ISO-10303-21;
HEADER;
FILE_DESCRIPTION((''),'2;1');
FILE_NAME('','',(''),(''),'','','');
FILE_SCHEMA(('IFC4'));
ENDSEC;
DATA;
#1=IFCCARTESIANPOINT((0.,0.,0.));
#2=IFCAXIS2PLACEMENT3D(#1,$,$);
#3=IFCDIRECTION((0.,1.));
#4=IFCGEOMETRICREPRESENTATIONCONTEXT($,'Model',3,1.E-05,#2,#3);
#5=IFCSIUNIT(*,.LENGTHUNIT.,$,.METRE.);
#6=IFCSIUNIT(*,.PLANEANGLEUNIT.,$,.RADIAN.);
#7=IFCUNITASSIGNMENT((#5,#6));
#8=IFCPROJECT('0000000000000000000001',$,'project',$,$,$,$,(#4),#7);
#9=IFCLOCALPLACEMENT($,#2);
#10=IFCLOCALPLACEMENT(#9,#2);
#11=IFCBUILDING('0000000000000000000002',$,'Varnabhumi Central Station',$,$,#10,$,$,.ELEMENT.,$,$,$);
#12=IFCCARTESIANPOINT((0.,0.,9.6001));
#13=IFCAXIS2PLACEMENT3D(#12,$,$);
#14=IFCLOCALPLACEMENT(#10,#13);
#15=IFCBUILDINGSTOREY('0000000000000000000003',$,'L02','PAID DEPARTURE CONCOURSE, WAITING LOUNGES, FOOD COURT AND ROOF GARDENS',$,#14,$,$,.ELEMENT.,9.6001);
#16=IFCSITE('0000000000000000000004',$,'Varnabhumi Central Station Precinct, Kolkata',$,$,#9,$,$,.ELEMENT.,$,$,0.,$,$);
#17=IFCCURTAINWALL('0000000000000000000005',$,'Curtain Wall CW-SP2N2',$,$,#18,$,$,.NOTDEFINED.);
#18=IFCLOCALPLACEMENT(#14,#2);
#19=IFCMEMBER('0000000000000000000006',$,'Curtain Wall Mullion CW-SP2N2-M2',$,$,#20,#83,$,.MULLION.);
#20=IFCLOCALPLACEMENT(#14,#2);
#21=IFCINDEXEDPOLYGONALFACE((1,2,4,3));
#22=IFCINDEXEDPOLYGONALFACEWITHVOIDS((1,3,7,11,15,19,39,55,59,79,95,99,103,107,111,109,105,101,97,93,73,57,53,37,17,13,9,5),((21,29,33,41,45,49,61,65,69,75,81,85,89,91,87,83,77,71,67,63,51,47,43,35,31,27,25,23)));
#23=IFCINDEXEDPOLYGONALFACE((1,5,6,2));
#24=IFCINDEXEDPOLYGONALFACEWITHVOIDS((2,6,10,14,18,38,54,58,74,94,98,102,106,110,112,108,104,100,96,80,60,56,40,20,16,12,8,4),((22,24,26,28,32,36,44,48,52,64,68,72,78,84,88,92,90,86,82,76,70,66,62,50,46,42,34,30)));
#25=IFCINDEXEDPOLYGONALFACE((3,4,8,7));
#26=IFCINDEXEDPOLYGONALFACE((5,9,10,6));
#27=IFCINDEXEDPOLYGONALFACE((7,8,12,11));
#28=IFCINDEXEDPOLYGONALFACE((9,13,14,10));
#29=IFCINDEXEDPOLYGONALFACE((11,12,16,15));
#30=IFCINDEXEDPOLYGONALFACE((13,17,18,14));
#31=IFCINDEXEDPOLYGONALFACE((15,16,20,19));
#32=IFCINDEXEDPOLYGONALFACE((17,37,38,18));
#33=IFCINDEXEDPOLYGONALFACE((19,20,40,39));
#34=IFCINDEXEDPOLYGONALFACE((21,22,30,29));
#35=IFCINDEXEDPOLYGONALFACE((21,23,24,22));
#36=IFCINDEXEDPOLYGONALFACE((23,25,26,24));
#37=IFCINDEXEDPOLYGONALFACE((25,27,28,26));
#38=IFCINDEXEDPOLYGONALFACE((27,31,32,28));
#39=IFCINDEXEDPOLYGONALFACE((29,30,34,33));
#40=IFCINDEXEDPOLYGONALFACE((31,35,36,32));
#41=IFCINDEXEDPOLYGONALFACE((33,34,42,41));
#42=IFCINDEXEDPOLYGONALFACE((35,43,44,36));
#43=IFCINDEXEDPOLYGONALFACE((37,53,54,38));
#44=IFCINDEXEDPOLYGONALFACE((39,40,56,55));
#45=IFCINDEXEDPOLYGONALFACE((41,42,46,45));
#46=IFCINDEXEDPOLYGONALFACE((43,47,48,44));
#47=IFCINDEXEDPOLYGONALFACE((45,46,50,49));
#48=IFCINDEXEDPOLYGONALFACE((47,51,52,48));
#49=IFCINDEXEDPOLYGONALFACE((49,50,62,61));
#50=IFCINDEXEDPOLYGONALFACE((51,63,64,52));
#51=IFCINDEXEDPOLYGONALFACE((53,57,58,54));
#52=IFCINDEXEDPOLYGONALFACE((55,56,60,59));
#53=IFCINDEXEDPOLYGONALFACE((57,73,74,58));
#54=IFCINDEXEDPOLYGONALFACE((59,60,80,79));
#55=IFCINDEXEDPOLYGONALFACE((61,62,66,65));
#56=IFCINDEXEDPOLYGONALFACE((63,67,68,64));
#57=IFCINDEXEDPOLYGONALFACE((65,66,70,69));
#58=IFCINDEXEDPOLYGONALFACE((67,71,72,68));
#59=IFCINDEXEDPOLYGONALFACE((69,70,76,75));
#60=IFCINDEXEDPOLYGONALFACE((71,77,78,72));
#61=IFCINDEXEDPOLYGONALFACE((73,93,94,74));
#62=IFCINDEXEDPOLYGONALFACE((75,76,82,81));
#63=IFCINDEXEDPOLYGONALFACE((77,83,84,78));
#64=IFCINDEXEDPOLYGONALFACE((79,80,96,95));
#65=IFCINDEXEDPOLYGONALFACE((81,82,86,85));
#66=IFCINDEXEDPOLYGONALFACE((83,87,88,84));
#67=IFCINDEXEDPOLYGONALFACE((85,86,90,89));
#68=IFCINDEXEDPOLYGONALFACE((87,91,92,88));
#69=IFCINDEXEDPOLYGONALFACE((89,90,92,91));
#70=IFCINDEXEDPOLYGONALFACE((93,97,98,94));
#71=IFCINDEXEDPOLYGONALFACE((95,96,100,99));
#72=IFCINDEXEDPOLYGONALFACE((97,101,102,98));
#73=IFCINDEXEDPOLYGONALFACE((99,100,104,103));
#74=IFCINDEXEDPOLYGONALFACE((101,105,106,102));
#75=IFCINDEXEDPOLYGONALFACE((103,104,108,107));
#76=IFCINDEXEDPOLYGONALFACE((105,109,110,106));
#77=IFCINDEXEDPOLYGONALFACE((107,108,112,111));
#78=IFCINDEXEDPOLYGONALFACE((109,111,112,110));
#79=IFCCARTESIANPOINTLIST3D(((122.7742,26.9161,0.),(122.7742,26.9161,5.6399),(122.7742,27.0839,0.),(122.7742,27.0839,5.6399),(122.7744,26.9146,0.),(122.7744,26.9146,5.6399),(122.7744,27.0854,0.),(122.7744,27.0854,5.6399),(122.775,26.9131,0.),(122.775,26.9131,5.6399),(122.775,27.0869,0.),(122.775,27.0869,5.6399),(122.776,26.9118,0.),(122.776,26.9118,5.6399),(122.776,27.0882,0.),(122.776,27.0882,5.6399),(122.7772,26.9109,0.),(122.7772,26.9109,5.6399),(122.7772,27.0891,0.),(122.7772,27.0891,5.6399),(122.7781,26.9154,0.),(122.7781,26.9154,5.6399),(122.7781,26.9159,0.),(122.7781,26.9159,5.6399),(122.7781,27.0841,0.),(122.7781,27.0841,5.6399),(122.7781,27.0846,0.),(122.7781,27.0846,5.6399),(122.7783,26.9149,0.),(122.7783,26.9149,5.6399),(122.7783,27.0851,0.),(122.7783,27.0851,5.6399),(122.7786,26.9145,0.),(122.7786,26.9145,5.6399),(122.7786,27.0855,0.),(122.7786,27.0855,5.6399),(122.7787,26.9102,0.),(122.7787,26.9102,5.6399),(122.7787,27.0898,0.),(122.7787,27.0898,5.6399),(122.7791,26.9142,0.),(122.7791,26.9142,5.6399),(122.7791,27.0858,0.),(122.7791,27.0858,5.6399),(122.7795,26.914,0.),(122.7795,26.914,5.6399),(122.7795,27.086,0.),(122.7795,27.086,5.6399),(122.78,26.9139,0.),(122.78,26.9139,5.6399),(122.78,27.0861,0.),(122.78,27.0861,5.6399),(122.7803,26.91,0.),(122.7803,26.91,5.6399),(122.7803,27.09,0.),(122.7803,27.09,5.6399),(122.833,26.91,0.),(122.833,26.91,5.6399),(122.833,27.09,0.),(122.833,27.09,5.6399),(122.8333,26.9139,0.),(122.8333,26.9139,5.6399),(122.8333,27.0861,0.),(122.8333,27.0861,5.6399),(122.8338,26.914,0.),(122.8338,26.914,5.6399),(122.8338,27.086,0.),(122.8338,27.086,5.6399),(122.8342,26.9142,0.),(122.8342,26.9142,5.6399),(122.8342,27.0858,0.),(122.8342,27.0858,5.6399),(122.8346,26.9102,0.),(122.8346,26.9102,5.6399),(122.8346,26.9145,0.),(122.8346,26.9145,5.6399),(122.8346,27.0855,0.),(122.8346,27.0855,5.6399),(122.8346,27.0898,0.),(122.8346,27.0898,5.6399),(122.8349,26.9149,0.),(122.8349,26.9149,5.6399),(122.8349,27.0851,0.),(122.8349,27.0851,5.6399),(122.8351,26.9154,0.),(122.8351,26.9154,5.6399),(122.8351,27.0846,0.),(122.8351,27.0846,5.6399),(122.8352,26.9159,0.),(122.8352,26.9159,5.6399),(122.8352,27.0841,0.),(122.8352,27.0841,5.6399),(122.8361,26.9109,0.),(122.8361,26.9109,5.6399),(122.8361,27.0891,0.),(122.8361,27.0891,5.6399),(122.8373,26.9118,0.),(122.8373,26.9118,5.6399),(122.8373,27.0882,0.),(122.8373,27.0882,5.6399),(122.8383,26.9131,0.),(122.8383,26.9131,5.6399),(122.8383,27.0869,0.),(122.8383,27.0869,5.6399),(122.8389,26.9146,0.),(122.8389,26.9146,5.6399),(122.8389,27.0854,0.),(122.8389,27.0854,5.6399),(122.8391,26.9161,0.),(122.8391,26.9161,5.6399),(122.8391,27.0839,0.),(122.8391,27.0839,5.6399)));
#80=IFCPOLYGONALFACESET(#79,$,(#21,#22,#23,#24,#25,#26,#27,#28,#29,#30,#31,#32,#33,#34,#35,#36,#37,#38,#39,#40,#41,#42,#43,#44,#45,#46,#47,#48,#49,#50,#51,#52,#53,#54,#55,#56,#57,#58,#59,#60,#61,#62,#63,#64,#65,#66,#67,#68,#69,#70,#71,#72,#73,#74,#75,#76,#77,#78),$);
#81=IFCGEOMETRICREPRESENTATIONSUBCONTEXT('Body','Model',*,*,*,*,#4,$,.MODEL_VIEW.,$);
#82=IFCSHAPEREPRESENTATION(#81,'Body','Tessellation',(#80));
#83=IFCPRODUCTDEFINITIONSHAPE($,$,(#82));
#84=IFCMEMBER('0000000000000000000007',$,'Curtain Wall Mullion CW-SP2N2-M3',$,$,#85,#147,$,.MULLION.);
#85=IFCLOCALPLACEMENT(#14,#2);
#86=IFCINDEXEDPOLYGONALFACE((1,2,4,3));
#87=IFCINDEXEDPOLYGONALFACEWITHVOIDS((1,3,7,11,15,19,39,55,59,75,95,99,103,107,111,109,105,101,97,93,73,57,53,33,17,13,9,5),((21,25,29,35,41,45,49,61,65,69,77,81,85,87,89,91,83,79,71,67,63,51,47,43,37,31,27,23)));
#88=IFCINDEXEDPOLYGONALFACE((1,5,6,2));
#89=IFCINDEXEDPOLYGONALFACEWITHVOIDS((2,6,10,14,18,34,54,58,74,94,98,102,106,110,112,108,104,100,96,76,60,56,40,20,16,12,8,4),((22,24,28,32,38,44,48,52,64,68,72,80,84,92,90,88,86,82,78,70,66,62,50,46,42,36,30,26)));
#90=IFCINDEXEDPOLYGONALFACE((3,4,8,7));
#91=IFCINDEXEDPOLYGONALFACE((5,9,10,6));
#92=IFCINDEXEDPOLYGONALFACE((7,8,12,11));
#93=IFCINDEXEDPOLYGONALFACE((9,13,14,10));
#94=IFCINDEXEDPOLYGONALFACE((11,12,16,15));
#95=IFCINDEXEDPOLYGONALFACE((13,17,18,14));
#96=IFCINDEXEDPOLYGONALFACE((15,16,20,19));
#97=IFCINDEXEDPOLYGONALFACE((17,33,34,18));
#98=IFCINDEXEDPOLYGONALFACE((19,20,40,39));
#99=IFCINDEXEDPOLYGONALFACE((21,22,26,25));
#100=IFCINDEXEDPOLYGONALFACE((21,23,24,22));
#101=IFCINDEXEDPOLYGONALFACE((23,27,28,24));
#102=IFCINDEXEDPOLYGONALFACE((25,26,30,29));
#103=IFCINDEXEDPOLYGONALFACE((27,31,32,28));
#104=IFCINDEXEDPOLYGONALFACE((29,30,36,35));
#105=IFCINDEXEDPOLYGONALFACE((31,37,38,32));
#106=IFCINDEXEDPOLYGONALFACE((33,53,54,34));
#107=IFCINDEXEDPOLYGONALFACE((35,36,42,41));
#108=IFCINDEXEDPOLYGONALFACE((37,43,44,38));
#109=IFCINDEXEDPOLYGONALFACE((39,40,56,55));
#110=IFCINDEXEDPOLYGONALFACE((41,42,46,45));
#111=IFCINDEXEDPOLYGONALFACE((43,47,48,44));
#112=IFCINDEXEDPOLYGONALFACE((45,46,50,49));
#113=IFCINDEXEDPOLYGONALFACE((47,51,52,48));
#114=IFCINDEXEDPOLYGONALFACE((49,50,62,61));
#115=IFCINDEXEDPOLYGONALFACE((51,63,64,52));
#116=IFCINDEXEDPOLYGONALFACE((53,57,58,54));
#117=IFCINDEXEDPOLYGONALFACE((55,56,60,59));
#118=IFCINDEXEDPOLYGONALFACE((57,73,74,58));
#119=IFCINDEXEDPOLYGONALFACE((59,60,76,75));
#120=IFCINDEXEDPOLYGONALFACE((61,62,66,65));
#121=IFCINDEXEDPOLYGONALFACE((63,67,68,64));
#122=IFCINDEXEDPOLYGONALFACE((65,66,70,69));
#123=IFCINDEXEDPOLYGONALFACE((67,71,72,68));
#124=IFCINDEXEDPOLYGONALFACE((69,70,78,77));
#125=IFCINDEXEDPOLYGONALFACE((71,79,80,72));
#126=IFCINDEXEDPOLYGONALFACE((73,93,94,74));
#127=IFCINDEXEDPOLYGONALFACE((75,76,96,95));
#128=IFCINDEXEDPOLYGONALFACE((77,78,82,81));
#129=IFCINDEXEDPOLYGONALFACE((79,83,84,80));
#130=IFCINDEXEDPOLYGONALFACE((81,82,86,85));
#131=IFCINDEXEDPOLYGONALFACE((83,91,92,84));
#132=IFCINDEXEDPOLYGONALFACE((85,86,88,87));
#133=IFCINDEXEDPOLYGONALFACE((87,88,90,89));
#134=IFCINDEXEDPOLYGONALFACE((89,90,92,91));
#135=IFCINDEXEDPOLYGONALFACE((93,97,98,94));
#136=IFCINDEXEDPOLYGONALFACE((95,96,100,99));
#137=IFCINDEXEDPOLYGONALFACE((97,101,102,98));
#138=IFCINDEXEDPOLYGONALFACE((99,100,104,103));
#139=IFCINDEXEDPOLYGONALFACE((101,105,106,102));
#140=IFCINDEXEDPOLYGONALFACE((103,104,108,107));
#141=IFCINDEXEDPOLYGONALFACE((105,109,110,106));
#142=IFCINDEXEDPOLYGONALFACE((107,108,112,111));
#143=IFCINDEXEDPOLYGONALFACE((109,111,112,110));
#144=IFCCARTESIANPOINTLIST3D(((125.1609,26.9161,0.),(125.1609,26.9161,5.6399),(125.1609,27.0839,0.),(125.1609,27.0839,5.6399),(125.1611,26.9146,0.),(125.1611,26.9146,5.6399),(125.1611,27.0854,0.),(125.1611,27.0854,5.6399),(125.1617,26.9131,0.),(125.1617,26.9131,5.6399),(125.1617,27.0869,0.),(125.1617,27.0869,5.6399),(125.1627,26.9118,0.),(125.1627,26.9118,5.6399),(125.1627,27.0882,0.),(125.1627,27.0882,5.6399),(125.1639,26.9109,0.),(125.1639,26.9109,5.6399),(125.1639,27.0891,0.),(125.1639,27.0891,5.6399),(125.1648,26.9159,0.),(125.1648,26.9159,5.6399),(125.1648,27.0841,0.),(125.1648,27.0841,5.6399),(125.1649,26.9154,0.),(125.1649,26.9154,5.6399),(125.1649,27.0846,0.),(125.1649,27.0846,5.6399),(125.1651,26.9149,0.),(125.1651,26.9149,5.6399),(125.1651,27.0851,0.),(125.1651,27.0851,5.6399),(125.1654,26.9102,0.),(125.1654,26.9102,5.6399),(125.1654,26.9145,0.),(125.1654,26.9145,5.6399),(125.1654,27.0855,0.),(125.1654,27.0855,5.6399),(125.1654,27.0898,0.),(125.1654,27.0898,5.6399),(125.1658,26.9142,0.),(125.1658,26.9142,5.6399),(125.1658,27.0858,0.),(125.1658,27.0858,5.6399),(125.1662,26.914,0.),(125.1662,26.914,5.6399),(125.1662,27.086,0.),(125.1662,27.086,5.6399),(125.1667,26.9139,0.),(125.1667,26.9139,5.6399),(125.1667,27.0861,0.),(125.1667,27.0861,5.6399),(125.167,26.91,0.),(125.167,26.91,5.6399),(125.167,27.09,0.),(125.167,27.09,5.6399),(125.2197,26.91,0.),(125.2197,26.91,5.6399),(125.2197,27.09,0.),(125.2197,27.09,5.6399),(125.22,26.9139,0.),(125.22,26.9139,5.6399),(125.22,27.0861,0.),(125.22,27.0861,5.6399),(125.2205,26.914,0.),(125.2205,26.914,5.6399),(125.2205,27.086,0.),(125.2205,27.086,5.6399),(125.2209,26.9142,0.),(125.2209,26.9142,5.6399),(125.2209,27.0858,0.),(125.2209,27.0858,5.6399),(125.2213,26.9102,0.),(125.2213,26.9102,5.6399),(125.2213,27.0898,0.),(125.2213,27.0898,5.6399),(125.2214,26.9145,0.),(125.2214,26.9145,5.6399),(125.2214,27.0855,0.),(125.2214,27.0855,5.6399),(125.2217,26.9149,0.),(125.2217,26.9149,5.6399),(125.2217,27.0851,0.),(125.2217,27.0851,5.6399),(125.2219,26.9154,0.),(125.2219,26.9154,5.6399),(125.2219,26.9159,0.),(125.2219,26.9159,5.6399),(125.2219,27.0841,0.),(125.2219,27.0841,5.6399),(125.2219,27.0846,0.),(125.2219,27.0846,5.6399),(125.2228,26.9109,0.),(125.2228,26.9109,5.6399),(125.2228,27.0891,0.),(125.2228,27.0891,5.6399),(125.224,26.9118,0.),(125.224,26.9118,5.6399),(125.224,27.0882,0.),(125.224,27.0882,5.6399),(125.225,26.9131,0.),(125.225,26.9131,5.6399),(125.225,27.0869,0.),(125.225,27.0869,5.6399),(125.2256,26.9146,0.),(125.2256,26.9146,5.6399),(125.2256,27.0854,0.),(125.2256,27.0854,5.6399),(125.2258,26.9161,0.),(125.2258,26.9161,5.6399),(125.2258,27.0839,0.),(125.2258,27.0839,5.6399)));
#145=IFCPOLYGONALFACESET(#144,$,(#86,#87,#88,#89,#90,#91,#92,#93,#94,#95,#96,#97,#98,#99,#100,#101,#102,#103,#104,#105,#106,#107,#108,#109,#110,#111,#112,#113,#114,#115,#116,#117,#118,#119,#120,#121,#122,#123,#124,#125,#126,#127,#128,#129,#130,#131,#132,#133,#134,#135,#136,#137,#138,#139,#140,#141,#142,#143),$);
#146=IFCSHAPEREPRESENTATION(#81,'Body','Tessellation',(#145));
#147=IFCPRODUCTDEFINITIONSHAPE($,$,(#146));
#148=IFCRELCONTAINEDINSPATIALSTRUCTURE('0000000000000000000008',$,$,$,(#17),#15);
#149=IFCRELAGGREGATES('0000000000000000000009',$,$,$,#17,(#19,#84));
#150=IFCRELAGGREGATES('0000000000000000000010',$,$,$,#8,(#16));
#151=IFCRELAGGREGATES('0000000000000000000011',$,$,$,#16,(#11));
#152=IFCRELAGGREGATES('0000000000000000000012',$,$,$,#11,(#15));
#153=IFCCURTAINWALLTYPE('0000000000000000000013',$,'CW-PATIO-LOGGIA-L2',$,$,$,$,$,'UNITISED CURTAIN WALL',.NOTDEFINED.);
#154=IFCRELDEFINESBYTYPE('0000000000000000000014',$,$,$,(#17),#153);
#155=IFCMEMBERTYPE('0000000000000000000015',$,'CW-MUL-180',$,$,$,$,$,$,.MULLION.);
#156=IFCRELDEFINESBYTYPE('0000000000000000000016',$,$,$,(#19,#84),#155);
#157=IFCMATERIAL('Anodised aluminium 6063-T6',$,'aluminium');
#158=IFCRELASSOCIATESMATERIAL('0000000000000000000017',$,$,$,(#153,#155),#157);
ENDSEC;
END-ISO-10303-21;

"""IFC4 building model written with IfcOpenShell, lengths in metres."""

from ifc_helpers import new_model, si_unit, direction, frame, origin, origin_2d, place, context, subcontext, project, spatial, hollow_rectangle, extrude, material, material_profile, profile_set, type_object, element, aggregate, save


model = new_model("IFC4")

# Units and contexts
model_context = context("Model", 3, precision=1e-05, world=origin(), true_north=direction((0.0, 1.0)))
body_context = subcontext(model_context, "Body", "Model", "MODEL_VIEW")
ifc_project = project(units=[si_unit("LENGTHUNIT", "METRE"), si_unit("PLANEANGLEUNIT", "RADIAN")], contexts=[model_context])

# Site, building, storey
site_placement = place(None, origin())
site = spatial("IfcSite", under=ifc_project, at=site_placement, Name="Varnabhumi Central Station Precinct, Kolkata", CompositionType="ELEMENT", RefElevation=0.0)
building_placement = place(site_placement, origin())
building = spatial("IfcBuilding", under=site, at=building_placement, Name="Varnabhumi Central Station", CompositionType="ELEMENT")
storey_placement = place(building_placement, frame((0.0, 0.0, 9.6001)))
storey = spatial("IfcBuildingStorey", under=building, at=storey_placement, Name="L02", Description="PAID DEPARTURE CONCOURSE, WAITING LOUNGES, FOOD COURT AND ROOF GARDENS", CompositionType="ELEMENT", Elevation=9.6001)

# Curtain wall, members
ifc_material_1 = material(Name="Anodised aluminium 6063-T6", Category="aluminium")
curtain_wall_type = type_object("IfcCurtainWallType", Name="CW-PATIO-LOGGIA-L2", ElementType="UNITISED CURTAIN WALL", PredefinedType="NOTDEFINED", material=ifc_material_1)
curtain_wall_1_placement = place(storey_placement, origin())
curtain_wall_1 = element("IfcCurtainWall", 1, at=curtain_wall_1_placement, inside=storey, type_object=curtain_wall_type, Name="Curtain Wall CW-SP2N2", PredefinedType="NOTDEFINED")
ifc_material_profile_1 = material_profile(ifc_material_1, hollow_rectangle(XDim=0.0649, YDim=0.1799, WallThickness=0.0039, InnerFilletRadius=0.002, OuterFilletRadius=0.0061, at=origin_2d()), Name="Anodised aluminium 6063-T6", Category="aluminium")
ifc_profile_set_1 = profile_set([ifc_material_profile_1], Name="Anodised aluminium 6063-T6")
member_type_1 = type_object("IfcMemberType", Name="CW-MUL-180", PredefinedType="MULLION", material=ifc_profile_set_1)
member_1_placement = place(storey_placement, frame((122.8066, 27.0, 0.0), z_axis=(0.0, 0.0, 1.0), x_axis=(1.0, 0.0, 0.0)))
member_1 = element("IfcMember", 2, at=member_1_placement, type_object=member_type_1, Name="Curtain Wall Mullion CW-SP2N2-M2", PredefinedType="MULLION", context=body_context, shape_type="SweptSolid", body=[
    extrude(hollow_rectangle(XDim=0.0649, YDim=0.1799, WallThickness=0.0039, InnerFilletRadius=0.002, OuterFilletRadius=0.0061, at=origin_2d()), origin(), (0.0, 0.0, 1.0), 5.6399),
])
member_2_placement = place(storey_placement, frame((125.1934, 27.0, 0.0), z_axis=(0.0, 0.0, 1.0), x_axis=(1.0, 0.0, 0.0)))
member_2 = element("IfcMember", 3, at=member_2_placement, type_object=member_type_1, Name="Curtain Wall Mullion CW-SP2N2-M3", PredefinedType="MULLION", context=body_context, shape_type="SweptSolid", body=[
    extrude(hollow_rectangle(XDim=0.0649, YDim=0.1799, WallThickness=0.0039, InnerFilletRadius=0.002, OuterFilletRadius=0.0061, at=origin_2d()), origin(), (0.0, 0.0, 1.0), 5.6399),
])

aggregate(curtain_wall_1, [member_1, member_2])

save(model, "model.ifc")
